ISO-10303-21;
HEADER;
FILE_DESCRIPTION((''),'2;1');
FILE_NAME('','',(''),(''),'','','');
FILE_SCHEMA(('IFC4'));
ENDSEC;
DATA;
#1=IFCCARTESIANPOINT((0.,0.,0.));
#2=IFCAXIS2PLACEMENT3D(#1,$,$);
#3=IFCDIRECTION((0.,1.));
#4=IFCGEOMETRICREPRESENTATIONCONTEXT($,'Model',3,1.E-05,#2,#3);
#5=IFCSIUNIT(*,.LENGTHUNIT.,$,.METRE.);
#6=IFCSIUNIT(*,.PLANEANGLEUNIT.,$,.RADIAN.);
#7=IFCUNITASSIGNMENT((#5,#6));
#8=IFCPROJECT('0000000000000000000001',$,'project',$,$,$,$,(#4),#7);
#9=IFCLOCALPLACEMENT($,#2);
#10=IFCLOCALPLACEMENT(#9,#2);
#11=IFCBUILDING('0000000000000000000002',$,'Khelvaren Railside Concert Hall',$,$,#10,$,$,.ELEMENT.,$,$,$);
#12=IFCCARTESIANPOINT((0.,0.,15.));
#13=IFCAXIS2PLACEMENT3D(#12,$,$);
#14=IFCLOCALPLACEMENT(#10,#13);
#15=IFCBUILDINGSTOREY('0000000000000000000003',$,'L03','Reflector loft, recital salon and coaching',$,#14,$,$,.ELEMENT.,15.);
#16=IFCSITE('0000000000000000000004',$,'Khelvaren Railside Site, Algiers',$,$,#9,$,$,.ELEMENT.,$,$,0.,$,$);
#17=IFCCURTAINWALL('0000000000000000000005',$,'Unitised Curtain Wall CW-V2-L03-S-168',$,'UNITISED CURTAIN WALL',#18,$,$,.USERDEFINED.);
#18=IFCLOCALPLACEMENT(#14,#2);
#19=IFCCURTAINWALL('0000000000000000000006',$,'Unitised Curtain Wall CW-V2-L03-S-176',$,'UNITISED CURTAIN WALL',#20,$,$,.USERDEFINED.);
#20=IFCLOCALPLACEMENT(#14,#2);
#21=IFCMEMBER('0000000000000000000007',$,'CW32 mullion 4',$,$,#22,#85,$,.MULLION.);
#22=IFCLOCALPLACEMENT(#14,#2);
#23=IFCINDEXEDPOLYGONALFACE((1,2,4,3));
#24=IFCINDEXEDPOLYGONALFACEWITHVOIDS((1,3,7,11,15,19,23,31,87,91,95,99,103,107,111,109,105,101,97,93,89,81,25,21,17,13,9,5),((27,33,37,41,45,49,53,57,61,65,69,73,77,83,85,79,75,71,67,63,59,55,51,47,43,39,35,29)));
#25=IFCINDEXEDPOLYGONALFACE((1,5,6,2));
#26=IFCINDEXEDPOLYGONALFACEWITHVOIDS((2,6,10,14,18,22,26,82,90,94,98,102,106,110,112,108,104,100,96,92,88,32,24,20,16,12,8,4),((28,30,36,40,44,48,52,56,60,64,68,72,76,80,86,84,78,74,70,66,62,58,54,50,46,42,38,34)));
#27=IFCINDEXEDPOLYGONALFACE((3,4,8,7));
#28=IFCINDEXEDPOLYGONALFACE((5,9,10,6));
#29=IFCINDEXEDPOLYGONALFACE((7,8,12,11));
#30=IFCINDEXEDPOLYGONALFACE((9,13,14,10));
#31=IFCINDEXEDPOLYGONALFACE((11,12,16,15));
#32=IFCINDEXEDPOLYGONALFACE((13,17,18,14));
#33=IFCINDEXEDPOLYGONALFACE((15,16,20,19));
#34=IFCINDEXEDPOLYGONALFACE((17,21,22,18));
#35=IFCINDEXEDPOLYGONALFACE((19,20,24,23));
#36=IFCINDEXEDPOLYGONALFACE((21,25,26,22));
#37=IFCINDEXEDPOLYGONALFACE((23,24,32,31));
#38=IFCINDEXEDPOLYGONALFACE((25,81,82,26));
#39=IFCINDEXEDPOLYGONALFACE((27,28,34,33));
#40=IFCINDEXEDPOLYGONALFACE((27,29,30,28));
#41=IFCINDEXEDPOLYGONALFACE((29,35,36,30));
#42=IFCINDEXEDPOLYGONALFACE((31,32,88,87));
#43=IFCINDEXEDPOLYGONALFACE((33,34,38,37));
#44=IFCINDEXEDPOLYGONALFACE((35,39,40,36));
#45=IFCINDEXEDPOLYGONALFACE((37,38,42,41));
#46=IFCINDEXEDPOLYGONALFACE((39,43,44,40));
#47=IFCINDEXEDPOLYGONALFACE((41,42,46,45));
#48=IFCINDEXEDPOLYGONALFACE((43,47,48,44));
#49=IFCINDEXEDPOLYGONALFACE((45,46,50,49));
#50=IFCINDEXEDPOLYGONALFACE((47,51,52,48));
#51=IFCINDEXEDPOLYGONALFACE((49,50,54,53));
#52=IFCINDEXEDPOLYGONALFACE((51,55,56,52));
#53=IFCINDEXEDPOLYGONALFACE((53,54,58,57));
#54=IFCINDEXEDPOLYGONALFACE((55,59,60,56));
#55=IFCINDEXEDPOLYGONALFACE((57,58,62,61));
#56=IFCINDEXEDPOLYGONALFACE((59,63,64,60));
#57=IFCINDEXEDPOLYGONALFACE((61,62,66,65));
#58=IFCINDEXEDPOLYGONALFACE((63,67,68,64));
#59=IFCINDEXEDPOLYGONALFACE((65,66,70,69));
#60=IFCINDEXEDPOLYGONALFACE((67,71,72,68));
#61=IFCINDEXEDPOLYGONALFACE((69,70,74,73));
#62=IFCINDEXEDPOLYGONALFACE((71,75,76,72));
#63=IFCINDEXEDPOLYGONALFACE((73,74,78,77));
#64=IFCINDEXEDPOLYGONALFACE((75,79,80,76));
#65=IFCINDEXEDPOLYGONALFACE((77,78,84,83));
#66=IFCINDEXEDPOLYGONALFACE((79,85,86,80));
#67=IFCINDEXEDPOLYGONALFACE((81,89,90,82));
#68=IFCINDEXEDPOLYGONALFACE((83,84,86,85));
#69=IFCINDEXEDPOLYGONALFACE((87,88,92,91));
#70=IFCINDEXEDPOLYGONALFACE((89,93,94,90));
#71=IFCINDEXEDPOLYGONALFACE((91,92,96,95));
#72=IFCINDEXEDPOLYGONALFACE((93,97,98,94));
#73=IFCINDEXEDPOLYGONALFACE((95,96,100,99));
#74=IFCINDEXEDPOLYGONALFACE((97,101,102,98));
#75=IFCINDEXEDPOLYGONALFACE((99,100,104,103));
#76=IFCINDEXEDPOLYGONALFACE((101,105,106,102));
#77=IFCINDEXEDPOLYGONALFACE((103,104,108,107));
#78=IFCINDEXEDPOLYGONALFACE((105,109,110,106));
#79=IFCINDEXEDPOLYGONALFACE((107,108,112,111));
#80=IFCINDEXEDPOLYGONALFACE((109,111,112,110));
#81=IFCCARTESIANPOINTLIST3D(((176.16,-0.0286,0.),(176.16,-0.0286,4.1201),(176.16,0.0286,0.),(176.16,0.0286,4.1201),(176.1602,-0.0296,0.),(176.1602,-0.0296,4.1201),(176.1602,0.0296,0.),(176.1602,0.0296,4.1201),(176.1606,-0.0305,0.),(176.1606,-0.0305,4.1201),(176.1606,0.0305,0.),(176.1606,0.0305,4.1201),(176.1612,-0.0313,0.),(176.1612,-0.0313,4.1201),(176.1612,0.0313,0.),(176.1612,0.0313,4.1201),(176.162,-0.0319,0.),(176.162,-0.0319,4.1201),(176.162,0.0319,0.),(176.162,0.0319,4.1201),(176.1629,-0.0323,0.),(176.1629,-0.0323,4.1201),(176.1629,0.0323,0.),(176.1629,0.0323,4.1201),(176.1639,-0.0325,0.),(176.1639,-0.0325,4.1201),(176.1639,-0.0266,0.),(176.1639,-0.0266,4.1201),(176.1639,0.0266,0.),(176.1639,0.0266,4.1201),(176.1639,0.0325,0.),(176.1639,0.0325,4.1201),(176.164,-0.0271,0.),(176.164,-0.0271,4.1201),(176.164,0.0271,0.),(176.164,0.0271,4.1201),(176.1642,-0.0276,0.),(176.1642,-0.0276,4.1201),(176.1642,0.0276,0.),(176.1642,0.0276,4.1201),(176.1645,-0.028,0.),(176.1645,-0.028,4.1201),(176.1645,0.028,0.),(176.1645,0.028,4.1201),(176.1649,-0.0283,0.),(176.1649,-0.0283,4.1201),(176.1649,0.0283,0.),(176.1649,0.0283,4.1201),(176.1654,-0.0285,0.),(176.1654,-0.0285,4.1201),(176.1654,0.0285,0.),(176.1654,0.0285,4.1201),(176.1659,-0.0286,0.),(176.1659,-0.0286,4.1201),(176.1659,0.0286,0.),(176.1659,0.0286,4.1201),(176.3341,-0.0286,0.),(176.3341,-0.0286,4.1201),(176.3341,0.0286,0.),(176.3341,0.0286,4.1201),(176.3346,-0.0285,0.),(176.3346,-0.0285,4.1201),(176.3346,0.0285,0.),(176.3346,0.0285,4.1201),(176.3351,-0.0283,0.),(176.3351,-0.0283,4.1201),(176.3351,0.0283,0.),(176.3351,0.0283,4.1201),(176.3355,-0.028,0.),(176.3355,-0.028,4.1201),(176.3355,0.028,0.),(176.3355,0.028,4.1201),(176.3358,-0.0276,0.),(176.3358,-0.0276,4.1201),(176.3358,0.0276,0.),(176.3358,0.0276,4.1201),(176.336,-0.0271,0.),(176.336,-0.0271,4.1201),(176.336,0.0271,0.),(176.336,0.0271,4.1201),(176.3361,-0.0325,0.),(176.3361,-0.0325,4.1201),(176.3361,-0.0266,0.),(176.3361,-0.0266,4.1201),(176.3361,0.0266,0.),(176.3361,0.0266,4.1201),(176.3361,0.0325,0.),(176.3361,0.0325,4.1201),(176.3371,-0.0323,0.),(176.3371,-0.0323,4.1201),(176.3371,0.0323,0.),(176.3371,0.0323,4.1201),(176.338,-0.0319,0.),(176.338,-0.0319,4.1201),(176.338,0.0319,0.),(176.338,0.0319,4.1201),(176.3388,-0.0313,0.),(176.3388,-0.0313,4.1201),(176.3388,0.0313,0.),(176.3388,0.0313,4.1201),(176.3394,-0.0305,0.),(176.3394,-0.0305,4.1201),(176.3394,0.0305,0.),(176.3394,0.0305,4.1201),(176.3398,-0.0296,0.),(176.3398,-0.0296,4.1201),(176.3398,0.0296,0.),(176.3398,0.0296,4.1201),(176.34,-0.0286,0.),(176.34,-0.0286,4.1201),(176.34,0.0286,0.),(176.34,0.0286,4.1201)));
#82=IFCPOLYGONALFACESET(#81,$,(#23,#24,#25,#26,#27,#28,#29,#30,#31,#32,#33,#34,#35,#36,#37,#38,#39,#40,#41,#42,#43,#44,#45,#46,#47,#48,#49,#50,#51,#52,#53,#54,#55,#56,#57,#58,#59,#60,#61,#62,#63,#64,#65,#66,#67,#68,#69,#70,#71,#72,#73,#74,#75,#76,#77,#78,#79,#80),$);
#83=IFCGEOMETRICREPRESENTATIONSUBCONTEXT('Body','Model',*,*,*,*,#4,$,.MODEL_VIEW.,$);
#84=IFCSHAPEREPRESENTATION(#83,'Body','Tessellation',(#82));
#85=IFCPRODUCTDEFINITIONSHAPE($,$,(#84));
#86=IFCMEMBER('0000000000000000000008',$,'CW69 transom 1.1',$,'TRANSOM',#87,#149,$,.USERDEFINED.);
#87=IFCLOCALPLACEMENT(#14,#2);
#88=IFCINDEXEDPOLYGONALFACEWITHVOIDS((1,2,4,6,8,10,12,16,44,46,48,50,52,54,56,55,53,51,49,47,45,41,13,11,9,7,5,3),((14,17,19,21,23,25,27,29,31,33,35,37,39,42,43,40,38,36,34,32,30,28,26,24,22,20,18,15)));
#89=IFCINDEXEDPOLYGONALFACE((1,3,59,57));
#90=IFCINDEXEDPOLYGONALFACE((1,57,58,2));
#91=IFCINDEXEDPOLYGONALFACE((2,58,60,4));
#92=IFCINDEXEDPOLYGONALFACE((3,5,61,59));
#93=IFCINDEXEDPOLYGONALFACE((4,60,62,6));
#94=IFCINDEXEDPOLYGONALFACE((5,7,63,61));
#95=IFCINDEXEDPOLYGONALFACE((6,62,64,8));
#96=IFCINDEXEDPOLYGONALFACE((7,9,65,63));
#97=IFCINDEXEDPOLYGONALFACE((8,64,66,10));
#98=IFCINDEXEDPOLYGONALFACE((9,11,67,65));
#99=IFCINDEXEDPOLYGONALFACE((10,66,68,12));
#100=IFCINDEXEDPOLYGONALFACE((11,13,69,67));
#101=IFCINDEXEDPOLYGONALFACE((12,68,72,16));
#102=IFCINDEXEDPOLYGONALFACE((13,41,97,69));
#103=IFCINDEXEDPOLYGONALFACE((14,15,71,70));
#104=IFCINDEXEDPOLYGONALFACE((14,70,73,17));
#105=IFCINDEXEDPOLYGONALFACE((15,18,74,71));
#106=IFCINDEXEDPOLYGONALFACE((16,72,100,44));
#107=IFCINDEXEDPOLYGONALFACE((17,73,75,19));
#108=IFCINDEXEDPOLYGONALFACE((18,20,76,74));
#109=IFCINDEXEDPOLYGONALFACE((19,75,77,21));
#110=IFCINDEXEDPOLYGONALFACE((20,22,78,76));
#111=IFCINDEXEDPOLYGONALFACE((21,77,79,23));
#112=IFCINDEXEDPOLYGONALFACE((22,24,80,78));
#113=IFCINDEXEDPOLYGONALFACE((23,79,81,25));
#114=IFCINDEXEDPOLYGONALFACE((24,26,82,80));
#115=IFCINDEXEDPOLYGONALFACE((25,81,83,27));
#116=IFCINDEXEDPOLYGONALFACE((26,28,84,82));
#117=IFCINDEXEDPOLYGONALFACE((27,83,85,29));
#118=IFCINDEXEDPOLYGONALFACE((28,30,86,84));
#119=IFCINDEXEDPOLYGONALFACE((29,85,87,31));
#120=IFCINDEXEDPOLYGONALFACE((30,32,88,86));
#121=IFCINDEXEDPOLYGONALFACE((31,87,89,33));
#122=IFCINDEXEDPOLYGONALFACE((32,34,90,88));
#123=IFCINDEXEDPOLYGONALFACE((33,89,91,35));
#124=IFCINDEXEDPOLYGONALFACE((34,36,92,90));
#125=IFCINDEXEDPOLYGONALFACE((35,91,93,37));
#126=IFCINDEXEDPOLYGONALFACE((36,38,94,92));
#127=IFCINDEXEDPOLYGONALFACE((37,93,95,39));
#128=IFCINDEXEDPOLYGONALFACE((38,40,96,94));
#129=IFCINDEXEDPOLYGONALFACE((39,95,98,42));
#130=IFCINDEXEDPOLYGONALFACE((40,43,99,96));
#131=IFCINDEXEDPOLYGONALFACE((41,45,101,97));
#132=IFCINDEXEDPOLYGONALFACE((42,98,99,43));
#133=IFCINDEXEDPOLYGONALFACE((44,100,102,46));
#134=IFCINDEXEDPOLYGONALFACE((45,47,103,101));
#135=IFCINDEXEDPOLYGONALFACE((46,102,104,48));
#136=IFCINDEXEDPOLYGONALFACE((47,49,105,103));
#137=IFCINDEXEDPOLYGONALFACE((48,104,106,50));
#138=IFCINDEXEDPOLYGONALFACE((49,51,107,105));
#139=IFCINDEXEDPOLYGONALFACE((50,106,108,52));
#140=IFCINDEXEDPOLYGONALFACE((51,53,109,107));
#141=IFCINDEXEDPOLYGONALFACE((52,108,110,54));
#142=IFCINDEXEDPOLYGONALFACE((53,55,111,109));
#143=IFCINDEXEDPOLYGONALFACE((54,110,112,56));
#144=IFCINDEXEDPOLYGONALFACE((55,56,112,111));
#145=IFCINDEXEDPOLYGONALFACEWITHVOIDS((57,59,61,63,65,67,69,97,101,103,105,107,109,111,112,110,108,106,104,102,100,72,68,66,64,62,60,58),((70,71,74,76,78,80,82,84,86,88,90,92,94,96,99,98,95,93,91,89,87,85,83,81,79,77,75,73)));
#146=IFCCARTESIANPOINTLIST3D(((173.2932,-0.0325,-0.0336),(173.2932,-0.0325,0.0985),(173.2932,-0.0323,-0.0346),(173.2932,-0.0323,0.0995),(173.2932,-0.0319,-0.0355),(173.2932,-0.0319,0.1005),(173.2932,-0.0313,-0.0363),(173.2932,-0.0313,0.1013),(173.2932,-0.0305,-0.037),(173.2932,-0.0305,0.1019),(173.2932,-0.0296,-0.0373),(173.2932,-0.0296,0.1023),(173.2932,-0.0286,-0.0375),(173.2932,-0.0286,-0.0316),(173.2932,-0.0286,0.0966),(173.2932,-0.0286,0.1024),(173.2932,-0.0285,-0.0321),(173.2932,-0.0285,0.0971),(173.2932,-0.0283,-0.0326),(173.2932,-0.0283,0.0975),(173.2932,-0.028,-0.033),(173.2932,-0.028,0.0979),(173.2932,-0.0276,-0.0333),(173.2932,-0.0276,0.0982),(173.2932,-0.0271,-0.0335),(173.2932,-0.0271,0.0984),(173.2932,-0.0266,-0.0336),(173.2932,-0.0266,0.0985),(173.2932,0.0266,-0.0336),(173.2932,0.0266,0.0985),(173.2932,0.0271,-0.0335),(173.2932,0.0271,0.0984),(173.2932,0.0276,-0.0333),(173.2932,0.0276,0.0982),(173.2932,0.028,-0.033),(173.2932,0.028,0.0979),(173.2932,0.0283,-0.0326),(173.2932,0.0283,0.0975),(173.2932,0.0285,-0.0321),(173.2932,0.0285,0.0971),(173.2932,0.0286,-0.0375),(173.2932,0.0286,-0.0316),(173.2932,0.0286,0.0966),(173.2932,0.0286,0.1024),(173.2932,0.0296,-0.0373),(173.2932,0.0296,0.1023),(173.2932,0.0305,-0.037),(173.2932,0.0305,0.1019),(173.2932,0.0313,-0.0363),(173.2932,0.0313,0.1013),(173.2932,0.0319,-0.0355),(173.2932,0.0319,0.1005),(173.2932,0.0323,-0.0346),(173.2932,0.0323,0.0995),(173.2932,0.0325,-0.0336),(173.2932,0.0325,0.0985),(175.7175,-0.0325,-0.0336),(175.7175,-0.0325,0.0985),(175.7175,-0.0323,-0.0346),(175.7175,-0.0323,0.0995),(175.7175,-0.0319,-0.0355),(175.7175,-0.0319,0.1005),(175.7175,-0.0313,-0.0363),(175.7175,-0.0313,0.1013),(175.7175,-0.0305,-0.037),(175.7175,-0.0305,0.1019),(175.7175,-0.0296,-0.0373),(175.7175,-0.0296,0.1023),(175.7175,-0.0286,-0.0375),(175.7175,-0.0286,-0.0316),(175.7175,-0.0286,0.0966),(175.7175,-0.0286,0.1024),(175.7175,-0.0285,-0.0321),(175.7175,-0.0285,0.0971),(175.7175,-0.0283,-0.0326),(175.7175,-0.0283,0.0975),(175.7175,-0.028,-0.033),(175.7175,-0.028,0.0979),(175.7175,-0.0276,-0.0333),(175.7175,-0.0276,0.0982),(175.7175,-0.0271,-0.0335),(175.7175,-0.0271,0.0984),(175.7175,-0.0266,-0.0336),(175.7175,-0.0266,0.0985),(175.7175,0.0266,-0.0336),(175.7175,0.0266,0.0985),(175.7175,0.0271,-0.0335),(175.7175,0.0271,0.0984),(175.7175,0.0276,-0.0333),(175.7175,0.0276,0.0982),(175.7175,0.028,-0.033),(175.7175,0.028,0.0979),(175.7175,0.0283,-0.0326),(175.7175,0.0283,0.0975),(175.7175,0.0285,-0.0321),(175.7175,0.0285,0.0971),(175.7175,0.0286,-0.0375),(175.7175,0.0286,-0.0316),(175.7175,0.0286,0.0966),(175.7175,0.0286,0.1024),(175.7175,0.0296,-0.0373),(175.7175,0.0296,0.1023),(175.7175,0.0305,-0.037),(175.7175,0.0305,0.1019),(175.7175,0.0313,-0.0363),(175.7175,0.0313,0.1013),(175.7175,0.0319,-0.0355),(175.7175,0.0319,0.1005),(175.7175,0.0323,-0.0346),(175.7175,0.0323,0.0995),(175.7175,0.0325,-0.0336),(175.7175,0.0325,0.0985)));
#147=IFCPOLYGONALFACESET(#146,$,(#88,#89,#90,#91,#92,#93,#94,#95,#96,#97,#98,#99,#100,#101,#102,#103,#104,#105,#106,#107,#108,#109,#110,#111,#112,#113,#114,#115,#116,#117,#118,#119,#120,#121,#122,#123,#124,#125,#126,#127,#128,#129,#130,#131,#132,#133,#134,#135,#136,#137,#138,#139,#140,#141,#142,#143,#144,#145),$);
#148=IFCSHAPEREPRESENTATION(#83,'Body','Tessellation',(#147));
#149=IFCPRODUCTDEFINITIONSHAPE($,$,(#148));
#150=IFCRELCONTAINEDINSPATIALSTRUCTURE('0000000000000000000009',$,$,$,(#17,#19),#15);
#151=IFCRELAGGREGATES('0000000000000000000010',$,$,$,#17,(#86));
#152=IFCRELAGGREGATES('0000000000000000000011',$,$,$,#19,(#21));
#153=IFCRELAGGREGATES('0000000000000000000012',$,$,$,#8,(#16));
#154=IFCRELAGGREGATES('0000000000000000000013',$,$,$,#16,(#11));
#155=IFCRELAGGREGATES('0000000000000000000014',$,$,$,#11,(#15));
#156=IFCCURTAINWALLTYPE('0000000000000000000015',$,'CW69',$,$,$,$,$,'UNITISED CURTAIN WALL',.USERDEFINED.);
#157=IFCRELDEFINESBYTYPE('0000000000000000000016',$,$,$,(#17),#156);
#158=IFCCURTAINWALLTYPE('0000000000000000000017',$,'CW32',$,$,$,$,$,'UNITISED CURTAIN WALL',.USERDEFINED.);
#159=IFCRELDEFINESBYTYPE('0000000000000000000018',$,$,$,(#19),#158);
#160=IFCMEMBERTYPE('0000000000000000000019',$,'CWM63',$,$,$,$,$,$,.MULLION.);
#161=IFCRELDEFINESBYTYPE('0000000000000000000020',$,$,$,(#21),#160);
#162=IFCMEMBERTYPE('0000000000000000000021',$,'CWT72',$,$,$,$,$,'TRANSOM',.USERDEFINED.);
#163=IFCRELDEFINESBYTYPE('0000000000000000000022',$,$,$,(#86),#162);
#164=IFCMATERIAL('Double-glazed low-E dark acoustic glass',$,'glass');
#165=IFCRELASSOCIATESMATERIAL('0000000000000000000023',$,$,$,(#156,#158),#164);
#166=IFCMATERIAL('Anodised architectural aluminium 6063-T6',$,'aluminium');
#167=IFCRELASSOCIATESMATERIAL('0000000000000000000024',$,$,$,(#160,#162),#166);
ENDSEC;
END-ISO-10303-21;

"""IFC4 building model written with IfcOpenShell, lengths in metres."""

from ifc_helpers import new_model, si_unit, direction, frame, origin, origin_2d, place, context, subcontext, project, spatial, hollow_rectangle, extrude, material, material_profile, profile_set, type_object, element, aggregate, save


model = new_model("IFC4")

# Units and contexts
model_context = context("Model", 3, precision=1e-05, world=origin(), true_north=direction((0.0, 1.0)))
body_context = subcontext(model_context, "Body", "Model", "MODEL_VIEW")
ifc_project = project(units=[si_unit("LENGTHUNIT", "METRE"), si_unit("PLANEANGLEUNIT", "RADIAN")], contexts=[model_context])

# Site, building, storey
site_placement = place(None, origin())
site = spatial("IfcSite", under=ifc_project, at=site_placement, Name="Khelvaren Railside Site, Algiers", CompositionType="ELEMENT", RefElevation=0.0)
building_placement = place(site_placement, origin())
building = spatial("IfcBuilding", under=site, at=building_placement, Name="Khelvaren Railside Concert Hall", CompositionType="ELEMENT")
storey_placement = place(building_placement, frame((0.0, 0.0, 15.0)))
storey = spatial("IfcBuildingStorey", under=building, at=storey_placement, Name="L03", Description="Reflector loft, recital salon and coaching", CompositionType="ELEMENT", Elevation=15.0)

# Curtain wall
ifc_material_1 = material(Name="Double-glazed low-E dark acoustic glass", Category="glass")
curtain_wall_type_1 = type_object("IfcCurtainWallType", Name="CW69", ElementType="UNITISED CURTAIN WALL", PredefinedType="USERDEFINED", material=ifc_material_1)
curtain_wall_1_placement = place(storey_placement, origin())
curtain_wall_1 = element("IfcCurtainWall", 1, at=curtain_wall_1_placement, inside=storey, type_object=curtain_wall_type_1, Name="Unitised Curtain Wall CW-V2-L03-S-168", ObjectType="UNITISED CURTAIN WALL", PredefinedType="USERDEFINED")
ifc_material_2 = material(Name="Anodised architectural aluminium 6063-T6", Category="aluminium")
ifc_material_profile_1 = material_profile(ifc_material_2, hollow_rectangle(XDim=0.0649, YDim=0.1799, WallThickness=0.0039, InnerFilletRadius=0.002, OuterFilletRadius=0.0039, at=origin_2d()), Name="CWM 65x180x4")
ifc_profile_set_1 = profile_set([ifc_material_profile_1], Name="Anodised architectural aluminium 6063-T6")
member_type_1 = type_object("IfcMemberType", Name="CWM63", PredefinedType="MULLION", material=ifc_profile_set_1)

# Curtain wall, member
curtain_wall_type_2 = type_object("IfcCurtainWallType", Name="CW32", ElementType="UNITISED CURTAIN WALL", PredefinedType="USERDEFINED", material=ifc_material_1)
curtain_wall_2_placement = place(storey_placement, origin())
curtain_wall_2 = element("IfcCurtainWall", 2, at=curtain_wall_2_placement, inside=storey, type_object=curtain_wall_type_2, Name="Unitised Curtain Wall CW-V2-L03-S-176", ObjectType="UNITISED CURTAIN WALL", PredefinedType="USERDEFINED")
member_1_placement = place(storey_placement, frame((176.25, 0.0, 0.0), z_axis=(0.0, 0.0, 1.0), x_axis=(0.0, -1.0, 0.0)))
member_1 = element("IfcMember", 3, at=member_1_placement, type_object=member_type_1, Name="CW32 mullion 4", PredefinedType="MULLION", context=body_context, shape_type="SweptSolid", body=[
    extrude(hollow_rectangle(XDim=0.0649, YDim=0.1799, WallThickness=0.0039, InnerFilletRadius=0.002, OuterFilletRadius=0.0039, at=origin_2d()), origin(), (0.0, 0.0, 1.0), 4.1201),
])

# Member
ifc_material_profile_2 = material_profile(ifc_material_2, hollow_rectangle(XDim=0.0649, YDim=0.1399, WallThickness=0.0039, InnerFilletRadius=0.002, OuterFilletRadius=0.0039, at=origin_2d()), Name="CWT 65x140x4")
ifc_profile_set_2 = profile_set([ifc_material_profile_2], Name="Anodised architectural aluminium 6063-T6")
member_type_2 = type_object("IfcMemberType", Name="CWT72", ElementType="TRANSOM", PredefinedType="USERDEFINED", material=ifc_profile_set_2)
member_2_placement = place(storey_placement, frame((175.7175, 0.0, 0.0325), z_axis=(-1.0, 0.0, 0.0), x_axis=(0.0, -1.0, 0.0)))
member_2 = element("IfcMember", 4, at=member_2_placement, type_object=member_type_2, Name="CW69 transom 1.1", ObjectType="TRANSOM", PredefinedType="USERDEFINED", context=body_context, shape_type="SweptSolid", body=[
    extrude(hollow_rectangle(XDim=0.0649, YDim=0.1399, WallThickness=0.0039, InnerFilletRadius=0.002, OuterFilletRadius=0.0039, at=origin_2d()), origin(), (0.0, 0.0, 1.0), 2.4243),
])

aggregate(curtain_wall_1, [member_2])
aggregate(curtain_wall_2, [member_1])

save(model, "model.ifc")
